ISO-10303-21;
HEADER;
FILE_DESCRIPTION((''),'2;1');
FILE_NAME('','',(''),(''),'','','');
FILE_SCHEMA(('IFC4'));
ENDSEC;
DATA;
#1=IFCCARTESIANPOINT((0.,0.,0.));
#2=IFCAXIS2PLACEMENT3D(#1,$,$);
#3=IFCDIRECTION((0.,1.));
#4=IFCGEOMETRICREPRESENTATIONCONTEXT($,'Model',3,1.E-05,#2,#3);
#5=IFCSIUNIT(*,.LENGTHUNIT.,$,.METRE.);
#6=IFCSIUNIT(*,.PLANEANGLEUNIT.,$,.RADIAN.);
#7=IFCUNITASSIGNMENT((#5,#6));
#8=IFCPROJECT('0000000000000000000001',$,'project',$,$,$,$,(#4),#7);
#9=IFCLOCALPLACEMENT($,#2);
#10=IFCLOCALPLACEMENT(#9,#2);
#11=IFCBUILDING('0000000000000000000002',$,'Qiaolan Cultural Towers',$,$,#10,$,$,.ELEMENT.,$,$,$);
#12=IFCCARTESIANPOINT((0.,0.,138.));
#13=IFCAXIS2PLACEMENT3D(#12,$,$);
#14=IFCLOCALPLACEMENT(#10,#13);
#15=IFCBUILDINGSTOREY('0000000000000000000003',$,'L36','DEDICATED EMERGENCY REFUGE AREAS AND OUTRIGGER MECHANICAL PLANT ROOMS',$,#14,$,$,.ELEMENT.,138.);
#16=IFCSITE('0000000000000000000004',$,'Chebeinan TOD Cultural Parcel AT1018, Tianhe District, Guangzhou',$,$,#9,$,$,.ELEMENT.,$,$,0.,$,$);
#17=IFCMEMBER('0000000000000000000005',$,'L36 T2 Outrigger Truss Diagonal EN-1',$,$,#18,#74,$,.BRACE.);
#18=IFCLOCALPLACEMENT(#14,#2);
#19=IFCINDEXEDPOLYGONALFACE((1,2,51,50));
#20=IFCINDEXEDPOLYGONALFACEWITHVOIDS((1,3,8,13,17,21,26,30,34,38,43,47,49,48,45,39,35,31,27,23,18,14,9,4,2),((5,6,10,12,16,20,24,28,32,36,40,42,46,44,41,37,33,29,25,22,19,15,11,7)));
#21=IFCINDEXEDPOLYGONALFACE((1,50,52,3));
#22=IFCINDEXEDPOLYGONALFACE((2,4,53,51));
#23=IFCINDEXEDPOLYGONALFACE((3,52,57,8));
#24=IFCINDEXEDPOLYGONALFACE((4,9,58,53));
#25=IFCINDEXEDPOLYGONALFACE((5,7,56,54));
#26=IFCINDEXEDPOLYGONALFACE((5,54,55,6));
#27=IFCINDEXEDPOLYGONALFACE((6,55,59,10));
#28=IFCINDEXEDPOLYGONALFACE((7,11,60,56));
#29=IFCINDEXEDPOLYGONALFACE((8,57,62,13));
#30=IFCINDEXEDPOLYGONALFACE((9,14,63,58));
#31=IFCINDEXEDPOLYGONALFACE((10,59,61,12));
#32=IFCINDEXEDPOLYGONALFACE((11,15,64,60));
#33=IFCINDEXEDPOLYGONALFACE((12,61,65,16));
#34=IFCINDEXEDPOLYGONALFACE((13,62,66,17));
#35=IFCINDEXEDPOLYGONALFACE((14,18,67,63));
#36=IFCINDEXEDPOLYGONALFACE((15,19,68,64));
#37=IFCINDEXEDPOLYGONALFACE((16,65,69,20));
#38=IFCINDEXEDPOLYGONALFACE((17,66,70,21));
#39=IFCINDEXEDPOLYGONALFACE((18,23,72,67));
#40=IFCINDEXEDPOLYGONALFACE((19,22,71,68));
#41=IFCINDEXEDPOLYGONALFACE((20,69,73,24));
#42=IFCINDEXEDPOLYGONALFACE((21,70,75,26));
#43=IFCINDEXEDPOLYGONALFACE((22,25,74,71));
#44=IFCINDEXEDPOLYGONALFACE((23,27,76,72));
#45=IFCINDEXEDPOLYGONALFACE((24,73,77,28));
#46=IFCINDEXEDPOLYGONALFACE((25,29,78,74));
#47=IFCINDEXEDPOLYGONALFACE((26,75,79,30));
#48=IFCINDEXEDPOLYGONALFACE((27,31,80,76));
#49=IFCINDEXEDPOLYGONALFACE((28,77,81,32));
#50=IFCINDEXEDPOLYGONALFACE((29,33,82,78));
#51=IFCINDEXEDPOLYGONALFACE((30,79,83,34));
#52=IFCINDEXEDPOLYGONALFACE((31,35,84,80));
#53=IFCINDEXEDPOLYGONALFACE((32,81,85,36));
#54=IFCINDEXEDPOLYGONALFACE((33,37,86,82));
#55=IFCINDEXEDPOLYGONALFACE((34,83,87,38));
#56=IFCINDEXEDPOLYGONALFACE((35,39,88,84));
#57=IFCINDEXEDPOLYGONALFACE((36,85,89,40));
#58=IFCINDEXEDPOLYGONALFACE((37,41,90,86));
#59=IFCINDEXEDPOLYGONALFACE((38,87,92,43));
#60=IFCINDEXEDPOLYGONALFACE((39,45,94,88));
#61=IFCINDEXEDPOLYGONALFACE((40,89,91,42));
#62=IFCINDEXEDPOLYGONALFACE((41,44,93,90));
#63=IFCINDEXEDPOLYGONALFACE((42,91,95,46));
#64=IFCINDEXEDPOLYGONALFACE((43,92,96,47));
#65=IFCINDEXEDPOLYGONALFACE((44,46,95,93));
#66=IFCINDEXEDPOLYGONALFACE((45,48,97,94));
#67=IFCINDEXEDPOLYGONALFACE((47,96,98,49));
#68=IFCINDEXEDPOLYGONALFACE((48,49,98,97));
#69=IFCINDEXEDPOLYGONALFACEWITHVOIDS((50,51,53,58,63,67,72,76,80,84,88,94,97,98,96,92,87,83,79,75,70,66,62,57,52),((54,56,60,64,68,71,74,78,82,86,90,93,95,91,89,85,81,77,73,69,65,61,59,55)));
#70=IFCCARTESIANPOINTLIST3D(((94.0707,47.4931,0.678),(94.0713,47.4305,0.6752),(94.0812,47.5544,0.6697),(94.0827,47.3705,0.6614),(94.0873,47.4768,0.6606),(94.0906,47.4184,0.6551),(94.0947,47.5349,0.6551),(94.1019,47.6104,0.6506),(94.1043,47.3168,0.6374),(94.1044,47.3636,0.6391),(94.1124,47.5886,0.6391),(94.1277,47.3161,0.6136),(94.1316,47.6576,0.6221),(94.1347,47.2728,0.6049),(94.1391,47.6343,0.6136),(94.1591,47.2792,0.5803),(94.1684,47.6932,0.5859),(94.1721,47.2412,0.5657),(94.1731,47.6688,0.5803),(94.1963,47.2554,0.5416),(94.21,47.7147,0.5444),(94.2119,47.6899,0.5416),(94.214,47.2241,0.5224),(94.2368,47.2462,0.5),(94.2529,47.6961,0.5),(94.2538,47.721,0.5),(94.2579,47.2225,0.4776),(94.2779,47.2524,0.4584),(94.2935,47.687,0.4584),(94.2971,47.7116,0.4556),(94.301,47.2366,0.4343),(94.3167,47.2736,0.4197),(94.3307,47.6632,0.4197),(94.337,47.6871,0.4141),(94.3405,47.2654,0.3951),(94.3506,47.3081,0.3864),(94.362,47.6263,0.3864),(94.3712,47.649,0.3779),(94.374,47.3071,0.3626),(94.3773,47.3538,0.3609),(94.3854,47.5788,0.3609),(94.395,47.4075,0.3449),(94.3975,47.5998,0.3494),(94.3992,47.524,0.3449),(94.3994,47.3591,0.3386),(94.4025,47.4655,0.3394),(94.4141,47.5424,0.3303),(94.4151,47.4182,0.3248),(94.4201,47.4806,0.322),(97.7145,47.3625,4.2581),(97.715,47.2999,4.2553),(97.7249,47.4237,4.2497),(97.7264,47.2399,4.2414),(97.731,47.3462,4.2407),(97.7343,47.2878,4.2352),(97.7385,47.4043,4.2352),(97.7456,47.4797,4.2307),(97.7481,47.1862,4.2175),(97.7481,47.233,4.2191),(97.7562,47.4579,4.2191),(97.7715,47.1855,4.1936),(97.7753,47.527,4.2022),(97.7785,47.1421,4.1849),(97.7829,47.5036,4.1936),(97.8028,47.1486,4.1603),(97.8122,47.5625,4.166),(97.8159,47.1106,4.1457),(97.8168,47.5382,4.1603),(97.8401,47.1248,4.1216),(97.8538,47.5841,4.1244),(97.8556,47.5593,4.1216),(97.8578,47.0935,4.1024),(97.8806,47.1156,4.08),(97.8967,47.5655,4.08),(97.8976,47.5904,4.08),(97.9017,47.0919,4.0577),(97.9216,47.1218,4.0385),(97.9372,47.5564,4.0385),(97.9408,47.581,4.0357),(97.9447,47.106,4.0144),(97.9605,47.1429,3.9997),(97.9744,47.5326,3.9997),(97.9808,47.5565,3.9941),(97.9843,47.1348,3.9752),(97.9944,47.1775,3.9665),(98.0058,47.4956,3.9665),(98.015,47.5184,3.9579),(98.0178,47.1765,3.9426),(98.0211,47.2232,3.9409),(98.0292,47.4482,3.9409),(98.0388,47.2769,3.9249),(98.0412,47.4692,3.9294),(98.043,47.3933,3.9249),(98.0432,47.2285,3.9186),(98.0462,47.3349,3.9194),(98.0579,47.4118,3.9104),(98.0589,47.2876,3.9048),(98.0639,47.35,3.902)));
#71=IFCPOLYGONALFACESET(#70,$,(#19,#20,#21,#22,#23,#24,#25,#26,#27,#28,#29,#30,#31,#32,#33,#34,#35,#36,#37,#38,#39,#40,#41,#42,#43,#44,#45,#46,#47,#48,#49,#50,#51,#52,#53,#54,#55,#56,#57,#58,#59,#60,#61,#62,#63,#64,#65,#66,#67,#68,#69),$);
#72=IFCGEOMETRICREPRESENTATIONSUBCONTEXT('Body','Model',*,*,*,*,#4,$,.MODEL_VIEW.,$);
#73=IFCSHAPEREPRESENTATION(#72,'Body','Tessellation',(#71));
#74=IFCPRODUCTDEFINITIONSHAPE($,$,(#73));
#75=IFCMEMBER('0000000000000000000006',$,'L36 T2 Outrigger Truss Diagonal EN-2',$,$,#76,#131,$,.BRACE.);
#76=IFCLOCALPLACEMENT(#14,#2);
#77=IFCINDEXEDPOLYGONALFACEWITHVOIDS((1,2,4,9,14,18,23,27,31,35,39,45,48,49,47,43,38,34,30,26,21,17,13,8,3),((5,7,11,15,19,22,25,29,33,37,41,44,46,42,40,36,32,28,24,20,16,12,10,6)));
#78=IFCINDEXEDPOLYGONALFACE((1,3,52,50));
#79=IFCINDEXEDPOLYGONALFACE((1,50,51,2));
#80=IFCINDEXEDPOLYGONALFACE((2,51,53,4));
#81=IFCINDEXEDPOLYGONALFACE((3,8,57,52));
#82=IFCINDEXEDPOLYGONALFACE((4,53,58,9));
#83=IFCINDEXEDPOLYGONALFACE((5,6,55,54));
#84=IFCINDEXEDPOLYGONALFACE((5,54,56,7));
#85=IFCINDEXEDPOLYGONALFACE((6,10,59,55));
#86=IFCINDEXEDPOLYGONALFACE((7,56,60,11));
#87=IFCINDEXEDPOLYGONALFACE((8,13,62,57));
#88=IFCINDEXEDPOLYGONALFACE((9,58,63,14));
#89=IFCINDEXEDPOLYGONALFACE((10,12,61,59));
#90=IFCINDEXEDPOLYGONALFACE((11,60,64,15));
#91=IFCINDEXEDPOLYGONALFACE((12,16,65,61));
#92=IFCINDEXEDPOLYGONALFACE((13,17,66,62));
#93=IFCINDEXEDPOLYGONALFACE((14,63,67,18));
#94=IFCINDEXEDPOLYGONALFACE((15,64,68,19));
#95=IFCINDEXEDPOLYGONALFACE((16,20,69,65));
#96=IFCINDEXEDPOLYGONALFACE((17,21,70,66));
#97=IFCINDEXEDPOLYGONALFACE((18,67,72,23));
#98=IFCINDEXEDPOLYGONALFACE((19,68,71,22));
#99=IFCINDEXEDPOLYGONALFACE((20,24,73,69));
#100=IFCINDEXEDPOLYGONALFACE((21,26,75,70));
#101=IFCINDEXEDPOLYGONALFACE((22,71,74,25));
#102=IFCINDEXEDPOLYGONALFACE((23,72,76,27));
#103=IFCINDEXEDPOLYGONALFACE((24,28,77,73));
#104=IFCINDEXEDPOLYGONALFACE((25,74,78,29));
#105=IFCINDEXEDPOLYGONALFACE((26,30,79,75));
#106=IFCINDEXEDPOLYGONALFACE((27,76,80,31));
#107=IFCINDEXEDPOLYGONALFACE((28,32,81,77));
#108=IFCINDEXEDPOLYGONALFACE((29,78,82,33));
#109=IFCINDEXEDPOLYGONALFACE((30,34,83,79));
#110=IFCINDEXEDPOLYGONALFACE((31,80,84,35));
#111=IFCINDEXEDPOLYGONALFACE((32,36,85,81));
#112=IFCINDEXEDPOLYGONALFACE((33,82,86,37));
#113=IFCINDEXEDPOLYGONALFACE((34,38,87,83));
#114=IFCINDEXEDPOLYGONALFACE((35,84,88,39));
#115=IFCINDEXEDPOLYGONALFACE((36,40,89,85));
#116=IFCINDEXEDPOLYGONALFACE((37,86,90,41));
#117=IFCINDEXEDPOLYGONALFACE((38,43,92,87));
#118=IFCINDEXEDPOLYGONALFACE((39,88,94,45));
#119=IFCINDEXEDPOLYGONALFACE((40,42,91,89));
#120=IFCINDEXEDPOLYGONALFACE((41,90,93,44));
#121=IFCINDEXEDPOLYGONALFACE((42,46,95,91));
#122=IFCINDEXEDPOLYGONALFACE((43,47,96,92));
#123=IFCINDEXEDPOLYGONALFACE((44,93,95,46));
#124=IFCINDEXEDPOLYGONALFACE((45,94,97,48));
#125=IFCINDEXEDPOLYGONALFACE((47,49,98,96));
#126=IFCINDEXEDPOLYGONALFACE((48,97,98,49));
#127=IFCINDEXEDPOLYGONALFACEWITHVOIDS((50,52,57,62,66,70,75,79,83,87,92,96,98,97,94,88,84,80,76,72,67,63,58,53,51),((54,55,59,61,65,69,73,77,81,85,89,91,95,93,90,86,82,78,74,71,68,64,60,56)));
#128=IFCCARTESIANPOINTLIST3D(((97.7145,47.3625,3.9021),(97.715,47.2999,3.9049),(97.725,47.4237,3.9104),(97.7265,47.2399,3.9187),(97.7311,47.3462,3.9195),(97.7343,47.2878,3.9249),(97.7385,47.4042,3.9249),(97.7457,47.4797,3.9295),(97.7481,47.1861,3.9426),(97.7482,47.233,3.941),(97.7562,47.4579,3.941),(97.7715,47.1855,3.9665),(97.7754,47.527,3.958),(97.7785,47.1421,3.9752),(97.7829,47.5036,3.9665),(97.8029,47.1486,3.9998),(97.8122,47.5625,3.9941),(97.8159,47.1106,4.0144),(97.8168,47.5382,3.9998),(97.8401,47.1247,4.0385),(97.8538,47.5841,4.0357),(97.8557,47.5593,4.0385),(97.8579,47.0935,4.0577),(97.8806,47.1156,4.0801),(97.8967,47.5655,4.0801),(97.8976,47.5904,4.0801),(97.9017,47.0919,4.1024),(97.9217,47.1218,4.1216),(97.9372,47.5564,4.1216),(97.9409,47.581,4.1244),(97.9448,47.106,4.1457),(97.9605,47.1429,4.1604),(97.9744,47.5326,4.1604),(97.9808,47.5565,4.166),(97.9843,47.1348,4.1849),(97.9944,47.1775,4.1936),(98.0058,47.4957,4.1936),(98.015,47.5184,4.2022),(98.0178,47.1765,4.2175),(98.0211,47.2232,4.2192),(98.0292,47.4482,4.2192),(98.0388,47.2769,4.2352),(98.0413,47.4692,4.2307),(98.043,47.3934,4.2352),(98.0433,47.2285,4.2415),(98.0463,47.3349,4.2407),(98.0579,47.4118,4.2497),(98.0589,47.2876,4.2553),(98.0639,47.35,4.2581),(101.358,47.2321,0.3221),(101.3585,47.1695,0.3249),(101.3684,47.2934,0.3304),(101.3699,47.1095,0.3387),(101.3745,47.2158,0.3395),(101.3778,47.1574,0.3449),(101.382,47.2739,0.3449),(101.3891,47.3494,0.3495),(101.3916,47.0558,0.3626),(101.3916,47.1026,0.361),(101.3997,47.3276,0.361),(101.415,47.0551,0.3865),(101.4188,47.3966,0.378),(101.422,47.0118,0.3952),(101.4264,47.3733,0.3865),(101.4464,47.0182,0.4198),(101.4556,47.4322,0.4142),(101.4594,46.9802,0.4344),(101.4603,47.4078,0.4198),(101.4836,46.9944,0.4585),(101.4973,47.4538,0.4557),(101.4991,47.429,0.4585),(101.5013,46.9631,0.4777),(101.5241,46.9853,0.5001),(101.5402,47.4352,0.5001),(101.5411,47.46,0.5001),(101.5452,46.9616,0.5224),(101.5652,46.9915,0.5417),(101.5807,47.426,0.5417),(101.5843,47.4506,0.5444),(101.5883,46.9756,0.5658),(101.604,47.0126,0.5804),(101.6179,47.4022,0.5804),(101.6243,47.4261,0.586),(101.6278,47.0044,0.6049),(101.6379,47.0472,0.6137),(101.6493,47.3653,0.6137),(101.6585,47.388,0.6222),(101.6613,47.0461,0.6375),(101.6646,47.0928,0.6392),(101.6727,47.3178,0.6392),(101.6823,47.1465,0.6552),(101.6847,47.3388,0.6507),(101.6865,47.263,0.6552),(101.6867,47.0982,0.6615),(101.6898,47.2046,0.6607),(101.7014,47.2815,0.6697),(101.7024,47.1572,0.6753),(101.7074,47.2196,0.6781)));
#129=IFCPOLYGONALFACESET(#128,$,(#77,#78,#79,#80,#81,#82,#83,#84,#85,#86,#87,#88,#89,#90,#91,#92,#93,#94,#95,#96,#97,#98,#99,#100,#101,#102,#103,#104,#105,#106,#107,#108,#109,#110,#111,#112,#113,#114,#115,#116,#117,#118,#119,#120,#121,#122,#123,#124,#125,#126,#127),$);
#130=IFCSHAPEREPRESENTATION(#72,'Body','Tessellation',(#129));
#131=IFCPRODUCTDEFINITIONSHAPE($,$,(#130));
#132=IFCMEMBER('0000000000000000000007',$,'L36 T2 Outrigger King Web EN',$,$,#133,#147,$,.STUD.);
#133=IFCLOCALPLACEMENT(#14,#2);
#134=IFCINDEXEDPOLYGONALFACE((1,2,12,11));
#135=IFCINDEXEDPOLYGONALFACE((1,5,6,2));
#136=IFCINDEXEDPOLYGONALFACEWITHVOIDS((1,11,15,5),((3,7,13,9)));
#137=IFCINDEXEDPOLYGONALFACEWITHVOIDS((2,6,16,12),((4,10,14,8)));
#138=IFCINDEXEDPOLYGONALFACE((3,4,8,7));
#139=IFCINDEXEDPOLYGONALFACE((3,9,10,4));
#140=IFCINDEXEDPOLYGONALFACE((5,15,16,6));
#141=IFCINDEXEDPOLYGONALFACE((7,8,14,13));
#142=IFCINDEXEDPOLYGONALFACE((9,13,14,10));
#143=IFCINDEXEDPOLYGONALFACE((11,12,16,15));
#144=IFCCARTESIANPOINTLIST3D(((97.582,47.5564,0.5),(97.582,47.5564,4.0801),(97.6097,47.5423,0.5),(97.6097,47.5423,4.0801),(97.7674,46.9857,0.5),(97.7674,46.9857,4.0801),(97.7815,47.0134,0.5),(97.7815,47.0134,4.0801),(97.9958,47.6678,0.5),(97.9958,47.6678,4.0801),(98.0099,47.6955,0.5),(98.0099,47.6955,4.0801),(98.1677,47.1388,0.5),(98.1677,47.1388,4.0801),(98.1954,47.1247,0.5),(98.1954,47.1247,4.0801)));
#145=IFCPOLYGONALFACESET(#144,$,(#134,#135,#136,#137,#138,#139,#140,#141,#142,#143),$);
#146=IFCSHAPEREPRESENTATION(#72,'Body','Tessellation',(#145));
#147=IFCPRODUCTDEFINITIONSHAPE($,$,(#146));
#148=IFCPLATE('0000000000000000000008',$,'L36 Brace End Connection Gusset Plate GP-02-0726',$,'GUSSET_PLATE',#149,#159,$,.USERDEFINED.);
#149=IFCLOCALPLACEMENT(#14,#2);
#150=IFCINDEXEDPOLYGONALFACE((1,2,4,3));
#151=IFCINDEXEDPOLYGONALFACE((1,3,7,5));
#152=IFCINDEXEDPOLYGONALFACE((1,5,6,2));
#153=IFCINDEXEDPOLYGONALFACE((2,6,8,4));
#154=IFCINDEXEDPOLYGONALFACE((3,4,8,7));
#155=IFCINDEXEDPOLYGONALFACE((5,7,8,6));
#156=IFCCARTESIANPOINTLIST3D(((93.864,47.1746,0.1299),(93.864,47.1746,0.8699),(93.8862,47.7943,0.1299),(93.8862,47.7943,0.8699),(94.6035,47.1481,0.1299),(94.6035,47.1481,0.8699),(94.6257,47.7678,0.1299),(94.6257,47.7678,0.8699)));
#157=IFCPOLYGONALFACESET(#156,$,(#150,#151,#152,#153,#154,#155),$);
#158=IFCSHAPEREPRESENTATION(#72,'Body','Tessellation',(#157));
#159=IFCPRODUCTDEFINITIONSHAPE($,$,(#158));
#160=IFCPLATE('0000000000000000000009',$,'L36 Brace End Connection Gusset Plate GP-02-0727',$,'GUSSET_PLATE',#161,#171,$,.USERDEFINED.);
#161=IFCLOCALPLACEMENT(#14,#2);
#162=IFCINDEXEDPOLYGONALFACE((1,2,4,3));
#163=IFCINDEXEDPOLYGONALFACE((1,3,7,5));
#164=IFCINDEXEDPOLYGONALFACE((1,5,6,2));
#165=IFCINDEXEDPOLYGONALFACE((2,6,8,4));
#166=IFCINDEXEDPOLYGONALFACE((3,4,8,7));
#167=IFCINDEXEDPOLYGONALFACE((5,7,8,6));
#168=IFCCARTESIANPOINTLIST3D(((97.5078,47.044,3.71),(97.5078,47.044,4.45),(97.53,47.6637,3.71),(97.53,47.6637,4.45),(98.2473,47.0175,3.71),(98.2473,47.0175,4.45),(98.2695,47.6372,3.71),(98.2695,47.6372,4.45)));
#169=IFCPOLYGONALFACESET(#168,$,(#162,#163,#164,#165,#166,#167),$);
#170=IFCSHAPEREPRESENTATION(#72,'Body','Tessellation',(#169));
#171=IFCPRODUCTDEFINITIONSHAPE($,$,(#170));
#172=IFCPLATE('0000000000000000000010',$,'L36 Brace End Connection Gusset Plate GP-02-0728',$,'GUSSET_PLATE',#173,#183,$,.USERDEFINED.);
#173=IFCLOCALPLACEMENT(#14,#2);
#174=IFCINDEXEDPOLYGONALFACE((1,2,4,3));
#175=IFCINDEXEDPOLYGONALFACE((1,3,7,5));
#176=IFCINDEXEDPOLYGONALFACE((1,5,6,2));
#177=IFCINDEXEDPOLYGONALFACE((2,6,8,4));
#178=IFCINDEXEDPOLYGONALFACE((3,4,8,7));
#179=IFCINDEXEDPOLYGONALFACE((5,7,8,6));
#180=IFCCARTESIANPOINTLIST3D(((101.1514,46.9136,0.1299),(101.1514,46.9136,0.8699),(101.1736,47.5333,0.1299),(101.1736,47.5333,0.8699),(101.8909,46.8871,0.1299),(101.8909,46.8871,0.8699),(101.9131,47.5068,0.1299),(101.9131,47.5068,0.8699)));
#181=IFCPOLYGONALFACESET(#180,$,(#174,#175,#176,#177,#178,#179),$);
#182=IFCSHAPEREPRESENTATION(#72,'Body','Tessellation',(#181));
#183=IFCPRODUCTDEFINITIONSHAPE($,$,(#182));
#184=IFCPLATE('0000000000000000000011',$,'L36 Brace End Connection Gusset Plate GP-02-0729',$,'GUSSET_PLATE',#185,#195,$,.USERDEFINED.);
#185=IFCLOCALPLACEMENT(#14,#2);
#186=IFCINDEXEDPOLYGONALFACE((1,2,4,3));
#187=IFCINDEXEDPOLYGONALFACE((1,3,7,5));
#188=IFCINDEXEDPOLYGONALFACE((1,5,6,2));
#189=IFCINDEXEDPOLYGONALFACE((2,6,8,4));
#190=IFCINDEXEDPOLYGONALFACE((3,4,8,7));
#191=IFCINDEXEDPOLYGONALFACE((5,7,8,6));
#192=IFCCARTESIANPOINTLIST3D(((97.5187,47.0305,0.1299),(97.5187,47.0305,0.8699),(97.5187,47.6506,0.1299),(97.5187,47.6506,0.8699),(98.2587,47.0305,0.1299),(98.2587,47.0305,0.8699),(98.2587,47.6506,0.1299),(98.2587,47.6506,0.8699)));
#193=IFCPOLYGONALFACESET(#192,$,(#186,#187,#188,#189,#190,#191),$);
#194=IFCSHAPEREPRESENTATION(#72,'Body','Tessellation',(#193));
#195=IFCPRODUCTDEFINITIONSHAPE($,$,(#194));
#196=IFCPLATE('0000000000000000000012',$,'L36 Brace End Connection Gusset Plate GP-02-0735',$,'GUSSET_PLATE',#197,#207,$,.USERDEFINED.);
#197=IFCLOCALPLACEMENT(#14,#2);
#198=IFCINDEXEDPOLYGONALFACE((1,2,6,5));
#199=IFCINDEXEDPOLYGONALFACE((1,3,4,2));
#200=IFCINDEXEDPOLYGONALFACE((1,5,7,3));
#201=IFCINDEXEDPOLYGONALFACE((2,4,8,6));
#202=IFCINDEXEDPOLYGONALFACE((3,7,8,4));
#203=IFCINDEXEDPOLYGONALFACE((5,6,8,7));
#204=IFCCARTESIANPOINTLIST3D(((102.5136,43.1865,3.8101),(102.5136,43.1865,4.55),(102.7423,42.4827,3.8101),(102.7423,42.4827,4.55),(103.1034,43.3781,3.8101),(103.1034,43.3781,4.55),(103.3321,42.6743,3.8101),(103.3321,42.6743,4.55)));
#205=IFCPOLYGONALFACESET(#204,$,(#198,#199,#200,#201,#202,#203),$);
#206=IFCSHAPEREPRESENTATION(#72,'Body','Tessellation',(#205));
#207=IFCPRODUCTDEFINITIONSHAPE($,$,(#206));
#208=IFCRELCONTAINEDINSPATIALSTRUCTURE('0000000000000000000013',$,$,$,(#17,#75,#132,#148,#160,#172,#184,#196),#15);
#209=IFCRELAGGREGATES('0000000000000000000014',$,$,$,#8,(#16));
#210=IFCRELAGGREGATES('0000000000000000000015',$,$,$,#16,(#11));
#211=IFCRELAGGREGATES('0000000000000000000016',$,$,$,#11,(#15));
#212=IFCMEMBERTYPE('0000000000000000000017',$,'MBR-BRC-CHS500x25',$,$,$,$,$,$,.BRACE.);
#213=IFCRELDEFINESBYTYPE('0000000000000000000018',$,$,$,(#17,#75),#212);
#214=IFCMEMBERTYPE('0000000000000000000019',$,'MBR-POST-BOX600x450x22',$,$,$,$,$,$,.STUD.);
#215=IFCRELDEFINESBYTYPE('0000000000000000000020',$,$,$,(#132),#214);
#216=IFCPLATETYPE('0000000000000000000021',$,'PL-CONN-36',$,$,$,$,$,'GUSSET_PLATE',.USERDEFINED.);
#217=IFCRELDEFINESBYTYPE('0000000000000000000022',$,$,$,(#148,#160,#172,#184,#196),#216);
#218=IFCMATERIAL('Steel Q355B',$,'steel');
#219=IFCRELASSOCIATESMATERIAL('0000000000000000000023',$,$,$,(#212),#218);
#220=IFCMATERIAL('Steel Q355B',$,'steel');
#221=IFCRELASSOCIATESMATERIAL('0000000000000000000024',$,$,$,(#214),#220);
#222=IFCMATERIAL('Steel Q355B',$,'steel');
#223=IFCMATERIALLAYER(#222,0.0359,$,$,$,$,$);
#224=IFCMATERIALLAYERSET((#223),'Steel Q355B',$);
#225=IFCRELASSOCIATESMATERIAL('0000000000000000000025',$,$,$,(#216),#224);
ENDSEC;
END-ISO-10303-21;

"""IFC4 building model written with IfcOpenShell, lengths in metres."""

from ifc_helpers import new_model, si_unit, direction, frame, origin, origin_2d, place, context, subcontext, project, spatial, rectangle, hollow_rectangle, hollow_circle, extrude, material, layer, layer_set, material_profile, profile_set, type_object, element, save


model = new_model("IFC4")

# Units and contexts
model_context = context("Model", 3, precision=1e-05, world=origin(), true_north=direction((0.0, 1.0)))
body_context = subcontext(model_context, "Body", "Model", "MODEL_VIEW")
ifc_project = project(units=[si_unit("LENGTHUNIT", "METRE"), si_unit("PLANEANGLEUNIT", "RADIAN")], contexts=[model_context])

# Site, building, storey
site_placement = place(None, origin())
site = spatial("IfcSite", under=ifc_project, at=site_placement, Name="Chebeinan TOD Cultural Parcel AT1018, Tianhe District, Guangzhou", CompositionType="ELEMENT", RefElevation=0.0)
building_placement = place(site_placement, origin())
building = spatial("IfcBuilding", under=site, at=building_placement, Name="Qiaolan Cultural Towers", CompositionType="ELEMENT")
storey_placement = place(building_placement, frame((0.0, 0.0, 138.0)))
storey = spatial("IfcBuildingStorey", under=building, at=storey_placement, Name="L36", Description="DEDICATED EMERGENCY REFUGE AREAS AND OUTRIGGER MECHANICAL PLANT ROOMS", CompositionType="ELEMENT", Elevation=138.0)

# Members
ifc_material_1 = material(Name="Steel Q355B", Category="steel")
ifc_material_profile_1 = material_profile(ifc_material_1, hollow_circle(Radius=0.25, WallThickness=0.0249, at=origin_2d()), Name="CHS500x25")
ifc_profile_set_1 = profile_set([ifc_material_profile_1], Name="Steel Q355B")
member_type_1 = type_object("IfcMemberType", Name="MBR-BRC-CHS500x25", PredefinedType="BRACE", material=ifc_profile_set_1)
member_1_placement = place(storey_placement, frame((94.2449, 47.4712, 0.5), z_axis=(0.713083, -0.025561, 0.700613), x_axis=(0.035823, 0.999358, 0.0)))
element("IfcMember", 1, at=member_1_placement, inside=storey, type_object=member_type_1, Name="L36 T2 Outrigger Truss Diagonal EN-1", PredefinedType="BRACE", context=body_context, shape_type="SweptSolid", body=[
    extrude(hollow_circle(Radius=0.25, WallThickness=0.0249, at=origin_2d()), origin(), (0.0, 0.0, 1.0), 5.1099),
])
member_2_placement = place(storey_placement, frame((97.8887, 47.3406, 4.0801), z_axis=(0.713061, -0.025514, -0.700638), x_axis=(0.035758, 0.99936, 0.0)))
element("IfcMember", 2, at=member_2_placement, inside=storey, type_object=member_type_1, Name="L36 T2 Outrigger Truss Diagonal EN-2", PredefinedType="BRACE", context=body_context, shape_type="SweptSolid", body=[
    extrude(hollow_circle(Radius=0.25, WallThickness=0.0249, at=origin_2d()), origin(), (0.0, 0.0, 1.0), 5.1096),
])
ifc_material_2 = material(Name="Steel Q355B", Category="steel")
ifc_material_profile_2 = material_profile(ifc_material_2, hollow_rectangle(XDim=0.45, YDim=0.6001, WallThickness=0.022, at=origin_2d()), Name="BOX600x450x22")
ifc_profile_set_2 = profile_set([ifc_material_profile_2], Name="Steel Q355B")
member_type_2 = type_object("IfcMemberType", Name="MBR-POST-BOX600x450x22", PredefinedType="STUD", material=ifc_profile_set_2)
member_3_placement = place(storey_placement, frame((97.8887, 47.3406, 0.5), z_axis=(0.0, 0.0, 1.0), x_axis=(0.951057, 0.309017, 0.0)))
element("IfcMember", 3, at=member_3_placement, inside=storey, type_object=member_type_2, Name="L36 T2 Outrigger King Web EN", PredefinedType="STUD", context=body_context, shape_type="SweptSolid", body=[
    extrude(hollow_rectangle(XDim=0.45, YDim=0.6001, WallThickness=0.022, at=origin_2d()), origin(), (0.0, 0.0, 1.0), 3.5801),
])

# Plates
ifc_material_3 = material(Name="Steel Q355B", Category="steel")
ifc_layer_1 = layer(ifc_material_3, 0.0359)
ifc_layer_set_1 = layer_set([ifc_layer_1], Name="Steel Q355B")
plate_type_1 = type_object("IfcPlateType", Name="PL-CONN-36", ElementType="GUSSET_PLATE", PredefinedType="USERDEFINED", material=ifc_layer_set_1)
for number, where, z_axis, x_axis, name in (
    (4, (94.2449, 47.4712, 0.1299), (0.0, 0.0, 1.0), (-0.99936, 0.035776, 0.0), "L36 Brace End Connection Gusset Plate GP-02-0726"),
    (5, (97.8887, 47.3406, 3.71), (0.0, 0.0, 1.0), (-0.99936, 0.035776, 0.0), "L36 Brace End Connection Gusset Plate GP-02-0727"),
    (6, (101.5322, 47.2102, 0.1299), (0.0, 0.0, 1.0), (-0.99936, 0.035776, 0.0), "L36 Brace End Connection Gusset Plate GP-02-0728"),
    (7, (97.8887, 47.3406, 0.1299), (0.0, 0.0, 1.0), (1.0, 0.0, 0.0), "L36 Brace End Connection Gusset Plate GP-02-0729"),
    (8, (102.9229, 42.9304, 3.8101), (0.0, 0.0, 1.0), (-0.309017, 0.951057, 0.0), "L36 Brace End Connection Gusset Plate GP-02-0735"),
):
    element("IfcPlate", number, at=place(storey_placement, frame(where, z_axis=z_axis, x_axis=x_axis)), inside=storey, type_object=plate_type_1, Name=name, ObjectType="GUSSET_PLATE", PredefinedType="USERDEFINED", context=body_context, shape_type="SweptSolid", body=[
        extrude(rectangle(XDim=0.74, YDim=0.6201, at=origin_2d()), origin(), (0.0, 0.0, 1.0), 0.74),
    ])

save(model, "model.ifc")
